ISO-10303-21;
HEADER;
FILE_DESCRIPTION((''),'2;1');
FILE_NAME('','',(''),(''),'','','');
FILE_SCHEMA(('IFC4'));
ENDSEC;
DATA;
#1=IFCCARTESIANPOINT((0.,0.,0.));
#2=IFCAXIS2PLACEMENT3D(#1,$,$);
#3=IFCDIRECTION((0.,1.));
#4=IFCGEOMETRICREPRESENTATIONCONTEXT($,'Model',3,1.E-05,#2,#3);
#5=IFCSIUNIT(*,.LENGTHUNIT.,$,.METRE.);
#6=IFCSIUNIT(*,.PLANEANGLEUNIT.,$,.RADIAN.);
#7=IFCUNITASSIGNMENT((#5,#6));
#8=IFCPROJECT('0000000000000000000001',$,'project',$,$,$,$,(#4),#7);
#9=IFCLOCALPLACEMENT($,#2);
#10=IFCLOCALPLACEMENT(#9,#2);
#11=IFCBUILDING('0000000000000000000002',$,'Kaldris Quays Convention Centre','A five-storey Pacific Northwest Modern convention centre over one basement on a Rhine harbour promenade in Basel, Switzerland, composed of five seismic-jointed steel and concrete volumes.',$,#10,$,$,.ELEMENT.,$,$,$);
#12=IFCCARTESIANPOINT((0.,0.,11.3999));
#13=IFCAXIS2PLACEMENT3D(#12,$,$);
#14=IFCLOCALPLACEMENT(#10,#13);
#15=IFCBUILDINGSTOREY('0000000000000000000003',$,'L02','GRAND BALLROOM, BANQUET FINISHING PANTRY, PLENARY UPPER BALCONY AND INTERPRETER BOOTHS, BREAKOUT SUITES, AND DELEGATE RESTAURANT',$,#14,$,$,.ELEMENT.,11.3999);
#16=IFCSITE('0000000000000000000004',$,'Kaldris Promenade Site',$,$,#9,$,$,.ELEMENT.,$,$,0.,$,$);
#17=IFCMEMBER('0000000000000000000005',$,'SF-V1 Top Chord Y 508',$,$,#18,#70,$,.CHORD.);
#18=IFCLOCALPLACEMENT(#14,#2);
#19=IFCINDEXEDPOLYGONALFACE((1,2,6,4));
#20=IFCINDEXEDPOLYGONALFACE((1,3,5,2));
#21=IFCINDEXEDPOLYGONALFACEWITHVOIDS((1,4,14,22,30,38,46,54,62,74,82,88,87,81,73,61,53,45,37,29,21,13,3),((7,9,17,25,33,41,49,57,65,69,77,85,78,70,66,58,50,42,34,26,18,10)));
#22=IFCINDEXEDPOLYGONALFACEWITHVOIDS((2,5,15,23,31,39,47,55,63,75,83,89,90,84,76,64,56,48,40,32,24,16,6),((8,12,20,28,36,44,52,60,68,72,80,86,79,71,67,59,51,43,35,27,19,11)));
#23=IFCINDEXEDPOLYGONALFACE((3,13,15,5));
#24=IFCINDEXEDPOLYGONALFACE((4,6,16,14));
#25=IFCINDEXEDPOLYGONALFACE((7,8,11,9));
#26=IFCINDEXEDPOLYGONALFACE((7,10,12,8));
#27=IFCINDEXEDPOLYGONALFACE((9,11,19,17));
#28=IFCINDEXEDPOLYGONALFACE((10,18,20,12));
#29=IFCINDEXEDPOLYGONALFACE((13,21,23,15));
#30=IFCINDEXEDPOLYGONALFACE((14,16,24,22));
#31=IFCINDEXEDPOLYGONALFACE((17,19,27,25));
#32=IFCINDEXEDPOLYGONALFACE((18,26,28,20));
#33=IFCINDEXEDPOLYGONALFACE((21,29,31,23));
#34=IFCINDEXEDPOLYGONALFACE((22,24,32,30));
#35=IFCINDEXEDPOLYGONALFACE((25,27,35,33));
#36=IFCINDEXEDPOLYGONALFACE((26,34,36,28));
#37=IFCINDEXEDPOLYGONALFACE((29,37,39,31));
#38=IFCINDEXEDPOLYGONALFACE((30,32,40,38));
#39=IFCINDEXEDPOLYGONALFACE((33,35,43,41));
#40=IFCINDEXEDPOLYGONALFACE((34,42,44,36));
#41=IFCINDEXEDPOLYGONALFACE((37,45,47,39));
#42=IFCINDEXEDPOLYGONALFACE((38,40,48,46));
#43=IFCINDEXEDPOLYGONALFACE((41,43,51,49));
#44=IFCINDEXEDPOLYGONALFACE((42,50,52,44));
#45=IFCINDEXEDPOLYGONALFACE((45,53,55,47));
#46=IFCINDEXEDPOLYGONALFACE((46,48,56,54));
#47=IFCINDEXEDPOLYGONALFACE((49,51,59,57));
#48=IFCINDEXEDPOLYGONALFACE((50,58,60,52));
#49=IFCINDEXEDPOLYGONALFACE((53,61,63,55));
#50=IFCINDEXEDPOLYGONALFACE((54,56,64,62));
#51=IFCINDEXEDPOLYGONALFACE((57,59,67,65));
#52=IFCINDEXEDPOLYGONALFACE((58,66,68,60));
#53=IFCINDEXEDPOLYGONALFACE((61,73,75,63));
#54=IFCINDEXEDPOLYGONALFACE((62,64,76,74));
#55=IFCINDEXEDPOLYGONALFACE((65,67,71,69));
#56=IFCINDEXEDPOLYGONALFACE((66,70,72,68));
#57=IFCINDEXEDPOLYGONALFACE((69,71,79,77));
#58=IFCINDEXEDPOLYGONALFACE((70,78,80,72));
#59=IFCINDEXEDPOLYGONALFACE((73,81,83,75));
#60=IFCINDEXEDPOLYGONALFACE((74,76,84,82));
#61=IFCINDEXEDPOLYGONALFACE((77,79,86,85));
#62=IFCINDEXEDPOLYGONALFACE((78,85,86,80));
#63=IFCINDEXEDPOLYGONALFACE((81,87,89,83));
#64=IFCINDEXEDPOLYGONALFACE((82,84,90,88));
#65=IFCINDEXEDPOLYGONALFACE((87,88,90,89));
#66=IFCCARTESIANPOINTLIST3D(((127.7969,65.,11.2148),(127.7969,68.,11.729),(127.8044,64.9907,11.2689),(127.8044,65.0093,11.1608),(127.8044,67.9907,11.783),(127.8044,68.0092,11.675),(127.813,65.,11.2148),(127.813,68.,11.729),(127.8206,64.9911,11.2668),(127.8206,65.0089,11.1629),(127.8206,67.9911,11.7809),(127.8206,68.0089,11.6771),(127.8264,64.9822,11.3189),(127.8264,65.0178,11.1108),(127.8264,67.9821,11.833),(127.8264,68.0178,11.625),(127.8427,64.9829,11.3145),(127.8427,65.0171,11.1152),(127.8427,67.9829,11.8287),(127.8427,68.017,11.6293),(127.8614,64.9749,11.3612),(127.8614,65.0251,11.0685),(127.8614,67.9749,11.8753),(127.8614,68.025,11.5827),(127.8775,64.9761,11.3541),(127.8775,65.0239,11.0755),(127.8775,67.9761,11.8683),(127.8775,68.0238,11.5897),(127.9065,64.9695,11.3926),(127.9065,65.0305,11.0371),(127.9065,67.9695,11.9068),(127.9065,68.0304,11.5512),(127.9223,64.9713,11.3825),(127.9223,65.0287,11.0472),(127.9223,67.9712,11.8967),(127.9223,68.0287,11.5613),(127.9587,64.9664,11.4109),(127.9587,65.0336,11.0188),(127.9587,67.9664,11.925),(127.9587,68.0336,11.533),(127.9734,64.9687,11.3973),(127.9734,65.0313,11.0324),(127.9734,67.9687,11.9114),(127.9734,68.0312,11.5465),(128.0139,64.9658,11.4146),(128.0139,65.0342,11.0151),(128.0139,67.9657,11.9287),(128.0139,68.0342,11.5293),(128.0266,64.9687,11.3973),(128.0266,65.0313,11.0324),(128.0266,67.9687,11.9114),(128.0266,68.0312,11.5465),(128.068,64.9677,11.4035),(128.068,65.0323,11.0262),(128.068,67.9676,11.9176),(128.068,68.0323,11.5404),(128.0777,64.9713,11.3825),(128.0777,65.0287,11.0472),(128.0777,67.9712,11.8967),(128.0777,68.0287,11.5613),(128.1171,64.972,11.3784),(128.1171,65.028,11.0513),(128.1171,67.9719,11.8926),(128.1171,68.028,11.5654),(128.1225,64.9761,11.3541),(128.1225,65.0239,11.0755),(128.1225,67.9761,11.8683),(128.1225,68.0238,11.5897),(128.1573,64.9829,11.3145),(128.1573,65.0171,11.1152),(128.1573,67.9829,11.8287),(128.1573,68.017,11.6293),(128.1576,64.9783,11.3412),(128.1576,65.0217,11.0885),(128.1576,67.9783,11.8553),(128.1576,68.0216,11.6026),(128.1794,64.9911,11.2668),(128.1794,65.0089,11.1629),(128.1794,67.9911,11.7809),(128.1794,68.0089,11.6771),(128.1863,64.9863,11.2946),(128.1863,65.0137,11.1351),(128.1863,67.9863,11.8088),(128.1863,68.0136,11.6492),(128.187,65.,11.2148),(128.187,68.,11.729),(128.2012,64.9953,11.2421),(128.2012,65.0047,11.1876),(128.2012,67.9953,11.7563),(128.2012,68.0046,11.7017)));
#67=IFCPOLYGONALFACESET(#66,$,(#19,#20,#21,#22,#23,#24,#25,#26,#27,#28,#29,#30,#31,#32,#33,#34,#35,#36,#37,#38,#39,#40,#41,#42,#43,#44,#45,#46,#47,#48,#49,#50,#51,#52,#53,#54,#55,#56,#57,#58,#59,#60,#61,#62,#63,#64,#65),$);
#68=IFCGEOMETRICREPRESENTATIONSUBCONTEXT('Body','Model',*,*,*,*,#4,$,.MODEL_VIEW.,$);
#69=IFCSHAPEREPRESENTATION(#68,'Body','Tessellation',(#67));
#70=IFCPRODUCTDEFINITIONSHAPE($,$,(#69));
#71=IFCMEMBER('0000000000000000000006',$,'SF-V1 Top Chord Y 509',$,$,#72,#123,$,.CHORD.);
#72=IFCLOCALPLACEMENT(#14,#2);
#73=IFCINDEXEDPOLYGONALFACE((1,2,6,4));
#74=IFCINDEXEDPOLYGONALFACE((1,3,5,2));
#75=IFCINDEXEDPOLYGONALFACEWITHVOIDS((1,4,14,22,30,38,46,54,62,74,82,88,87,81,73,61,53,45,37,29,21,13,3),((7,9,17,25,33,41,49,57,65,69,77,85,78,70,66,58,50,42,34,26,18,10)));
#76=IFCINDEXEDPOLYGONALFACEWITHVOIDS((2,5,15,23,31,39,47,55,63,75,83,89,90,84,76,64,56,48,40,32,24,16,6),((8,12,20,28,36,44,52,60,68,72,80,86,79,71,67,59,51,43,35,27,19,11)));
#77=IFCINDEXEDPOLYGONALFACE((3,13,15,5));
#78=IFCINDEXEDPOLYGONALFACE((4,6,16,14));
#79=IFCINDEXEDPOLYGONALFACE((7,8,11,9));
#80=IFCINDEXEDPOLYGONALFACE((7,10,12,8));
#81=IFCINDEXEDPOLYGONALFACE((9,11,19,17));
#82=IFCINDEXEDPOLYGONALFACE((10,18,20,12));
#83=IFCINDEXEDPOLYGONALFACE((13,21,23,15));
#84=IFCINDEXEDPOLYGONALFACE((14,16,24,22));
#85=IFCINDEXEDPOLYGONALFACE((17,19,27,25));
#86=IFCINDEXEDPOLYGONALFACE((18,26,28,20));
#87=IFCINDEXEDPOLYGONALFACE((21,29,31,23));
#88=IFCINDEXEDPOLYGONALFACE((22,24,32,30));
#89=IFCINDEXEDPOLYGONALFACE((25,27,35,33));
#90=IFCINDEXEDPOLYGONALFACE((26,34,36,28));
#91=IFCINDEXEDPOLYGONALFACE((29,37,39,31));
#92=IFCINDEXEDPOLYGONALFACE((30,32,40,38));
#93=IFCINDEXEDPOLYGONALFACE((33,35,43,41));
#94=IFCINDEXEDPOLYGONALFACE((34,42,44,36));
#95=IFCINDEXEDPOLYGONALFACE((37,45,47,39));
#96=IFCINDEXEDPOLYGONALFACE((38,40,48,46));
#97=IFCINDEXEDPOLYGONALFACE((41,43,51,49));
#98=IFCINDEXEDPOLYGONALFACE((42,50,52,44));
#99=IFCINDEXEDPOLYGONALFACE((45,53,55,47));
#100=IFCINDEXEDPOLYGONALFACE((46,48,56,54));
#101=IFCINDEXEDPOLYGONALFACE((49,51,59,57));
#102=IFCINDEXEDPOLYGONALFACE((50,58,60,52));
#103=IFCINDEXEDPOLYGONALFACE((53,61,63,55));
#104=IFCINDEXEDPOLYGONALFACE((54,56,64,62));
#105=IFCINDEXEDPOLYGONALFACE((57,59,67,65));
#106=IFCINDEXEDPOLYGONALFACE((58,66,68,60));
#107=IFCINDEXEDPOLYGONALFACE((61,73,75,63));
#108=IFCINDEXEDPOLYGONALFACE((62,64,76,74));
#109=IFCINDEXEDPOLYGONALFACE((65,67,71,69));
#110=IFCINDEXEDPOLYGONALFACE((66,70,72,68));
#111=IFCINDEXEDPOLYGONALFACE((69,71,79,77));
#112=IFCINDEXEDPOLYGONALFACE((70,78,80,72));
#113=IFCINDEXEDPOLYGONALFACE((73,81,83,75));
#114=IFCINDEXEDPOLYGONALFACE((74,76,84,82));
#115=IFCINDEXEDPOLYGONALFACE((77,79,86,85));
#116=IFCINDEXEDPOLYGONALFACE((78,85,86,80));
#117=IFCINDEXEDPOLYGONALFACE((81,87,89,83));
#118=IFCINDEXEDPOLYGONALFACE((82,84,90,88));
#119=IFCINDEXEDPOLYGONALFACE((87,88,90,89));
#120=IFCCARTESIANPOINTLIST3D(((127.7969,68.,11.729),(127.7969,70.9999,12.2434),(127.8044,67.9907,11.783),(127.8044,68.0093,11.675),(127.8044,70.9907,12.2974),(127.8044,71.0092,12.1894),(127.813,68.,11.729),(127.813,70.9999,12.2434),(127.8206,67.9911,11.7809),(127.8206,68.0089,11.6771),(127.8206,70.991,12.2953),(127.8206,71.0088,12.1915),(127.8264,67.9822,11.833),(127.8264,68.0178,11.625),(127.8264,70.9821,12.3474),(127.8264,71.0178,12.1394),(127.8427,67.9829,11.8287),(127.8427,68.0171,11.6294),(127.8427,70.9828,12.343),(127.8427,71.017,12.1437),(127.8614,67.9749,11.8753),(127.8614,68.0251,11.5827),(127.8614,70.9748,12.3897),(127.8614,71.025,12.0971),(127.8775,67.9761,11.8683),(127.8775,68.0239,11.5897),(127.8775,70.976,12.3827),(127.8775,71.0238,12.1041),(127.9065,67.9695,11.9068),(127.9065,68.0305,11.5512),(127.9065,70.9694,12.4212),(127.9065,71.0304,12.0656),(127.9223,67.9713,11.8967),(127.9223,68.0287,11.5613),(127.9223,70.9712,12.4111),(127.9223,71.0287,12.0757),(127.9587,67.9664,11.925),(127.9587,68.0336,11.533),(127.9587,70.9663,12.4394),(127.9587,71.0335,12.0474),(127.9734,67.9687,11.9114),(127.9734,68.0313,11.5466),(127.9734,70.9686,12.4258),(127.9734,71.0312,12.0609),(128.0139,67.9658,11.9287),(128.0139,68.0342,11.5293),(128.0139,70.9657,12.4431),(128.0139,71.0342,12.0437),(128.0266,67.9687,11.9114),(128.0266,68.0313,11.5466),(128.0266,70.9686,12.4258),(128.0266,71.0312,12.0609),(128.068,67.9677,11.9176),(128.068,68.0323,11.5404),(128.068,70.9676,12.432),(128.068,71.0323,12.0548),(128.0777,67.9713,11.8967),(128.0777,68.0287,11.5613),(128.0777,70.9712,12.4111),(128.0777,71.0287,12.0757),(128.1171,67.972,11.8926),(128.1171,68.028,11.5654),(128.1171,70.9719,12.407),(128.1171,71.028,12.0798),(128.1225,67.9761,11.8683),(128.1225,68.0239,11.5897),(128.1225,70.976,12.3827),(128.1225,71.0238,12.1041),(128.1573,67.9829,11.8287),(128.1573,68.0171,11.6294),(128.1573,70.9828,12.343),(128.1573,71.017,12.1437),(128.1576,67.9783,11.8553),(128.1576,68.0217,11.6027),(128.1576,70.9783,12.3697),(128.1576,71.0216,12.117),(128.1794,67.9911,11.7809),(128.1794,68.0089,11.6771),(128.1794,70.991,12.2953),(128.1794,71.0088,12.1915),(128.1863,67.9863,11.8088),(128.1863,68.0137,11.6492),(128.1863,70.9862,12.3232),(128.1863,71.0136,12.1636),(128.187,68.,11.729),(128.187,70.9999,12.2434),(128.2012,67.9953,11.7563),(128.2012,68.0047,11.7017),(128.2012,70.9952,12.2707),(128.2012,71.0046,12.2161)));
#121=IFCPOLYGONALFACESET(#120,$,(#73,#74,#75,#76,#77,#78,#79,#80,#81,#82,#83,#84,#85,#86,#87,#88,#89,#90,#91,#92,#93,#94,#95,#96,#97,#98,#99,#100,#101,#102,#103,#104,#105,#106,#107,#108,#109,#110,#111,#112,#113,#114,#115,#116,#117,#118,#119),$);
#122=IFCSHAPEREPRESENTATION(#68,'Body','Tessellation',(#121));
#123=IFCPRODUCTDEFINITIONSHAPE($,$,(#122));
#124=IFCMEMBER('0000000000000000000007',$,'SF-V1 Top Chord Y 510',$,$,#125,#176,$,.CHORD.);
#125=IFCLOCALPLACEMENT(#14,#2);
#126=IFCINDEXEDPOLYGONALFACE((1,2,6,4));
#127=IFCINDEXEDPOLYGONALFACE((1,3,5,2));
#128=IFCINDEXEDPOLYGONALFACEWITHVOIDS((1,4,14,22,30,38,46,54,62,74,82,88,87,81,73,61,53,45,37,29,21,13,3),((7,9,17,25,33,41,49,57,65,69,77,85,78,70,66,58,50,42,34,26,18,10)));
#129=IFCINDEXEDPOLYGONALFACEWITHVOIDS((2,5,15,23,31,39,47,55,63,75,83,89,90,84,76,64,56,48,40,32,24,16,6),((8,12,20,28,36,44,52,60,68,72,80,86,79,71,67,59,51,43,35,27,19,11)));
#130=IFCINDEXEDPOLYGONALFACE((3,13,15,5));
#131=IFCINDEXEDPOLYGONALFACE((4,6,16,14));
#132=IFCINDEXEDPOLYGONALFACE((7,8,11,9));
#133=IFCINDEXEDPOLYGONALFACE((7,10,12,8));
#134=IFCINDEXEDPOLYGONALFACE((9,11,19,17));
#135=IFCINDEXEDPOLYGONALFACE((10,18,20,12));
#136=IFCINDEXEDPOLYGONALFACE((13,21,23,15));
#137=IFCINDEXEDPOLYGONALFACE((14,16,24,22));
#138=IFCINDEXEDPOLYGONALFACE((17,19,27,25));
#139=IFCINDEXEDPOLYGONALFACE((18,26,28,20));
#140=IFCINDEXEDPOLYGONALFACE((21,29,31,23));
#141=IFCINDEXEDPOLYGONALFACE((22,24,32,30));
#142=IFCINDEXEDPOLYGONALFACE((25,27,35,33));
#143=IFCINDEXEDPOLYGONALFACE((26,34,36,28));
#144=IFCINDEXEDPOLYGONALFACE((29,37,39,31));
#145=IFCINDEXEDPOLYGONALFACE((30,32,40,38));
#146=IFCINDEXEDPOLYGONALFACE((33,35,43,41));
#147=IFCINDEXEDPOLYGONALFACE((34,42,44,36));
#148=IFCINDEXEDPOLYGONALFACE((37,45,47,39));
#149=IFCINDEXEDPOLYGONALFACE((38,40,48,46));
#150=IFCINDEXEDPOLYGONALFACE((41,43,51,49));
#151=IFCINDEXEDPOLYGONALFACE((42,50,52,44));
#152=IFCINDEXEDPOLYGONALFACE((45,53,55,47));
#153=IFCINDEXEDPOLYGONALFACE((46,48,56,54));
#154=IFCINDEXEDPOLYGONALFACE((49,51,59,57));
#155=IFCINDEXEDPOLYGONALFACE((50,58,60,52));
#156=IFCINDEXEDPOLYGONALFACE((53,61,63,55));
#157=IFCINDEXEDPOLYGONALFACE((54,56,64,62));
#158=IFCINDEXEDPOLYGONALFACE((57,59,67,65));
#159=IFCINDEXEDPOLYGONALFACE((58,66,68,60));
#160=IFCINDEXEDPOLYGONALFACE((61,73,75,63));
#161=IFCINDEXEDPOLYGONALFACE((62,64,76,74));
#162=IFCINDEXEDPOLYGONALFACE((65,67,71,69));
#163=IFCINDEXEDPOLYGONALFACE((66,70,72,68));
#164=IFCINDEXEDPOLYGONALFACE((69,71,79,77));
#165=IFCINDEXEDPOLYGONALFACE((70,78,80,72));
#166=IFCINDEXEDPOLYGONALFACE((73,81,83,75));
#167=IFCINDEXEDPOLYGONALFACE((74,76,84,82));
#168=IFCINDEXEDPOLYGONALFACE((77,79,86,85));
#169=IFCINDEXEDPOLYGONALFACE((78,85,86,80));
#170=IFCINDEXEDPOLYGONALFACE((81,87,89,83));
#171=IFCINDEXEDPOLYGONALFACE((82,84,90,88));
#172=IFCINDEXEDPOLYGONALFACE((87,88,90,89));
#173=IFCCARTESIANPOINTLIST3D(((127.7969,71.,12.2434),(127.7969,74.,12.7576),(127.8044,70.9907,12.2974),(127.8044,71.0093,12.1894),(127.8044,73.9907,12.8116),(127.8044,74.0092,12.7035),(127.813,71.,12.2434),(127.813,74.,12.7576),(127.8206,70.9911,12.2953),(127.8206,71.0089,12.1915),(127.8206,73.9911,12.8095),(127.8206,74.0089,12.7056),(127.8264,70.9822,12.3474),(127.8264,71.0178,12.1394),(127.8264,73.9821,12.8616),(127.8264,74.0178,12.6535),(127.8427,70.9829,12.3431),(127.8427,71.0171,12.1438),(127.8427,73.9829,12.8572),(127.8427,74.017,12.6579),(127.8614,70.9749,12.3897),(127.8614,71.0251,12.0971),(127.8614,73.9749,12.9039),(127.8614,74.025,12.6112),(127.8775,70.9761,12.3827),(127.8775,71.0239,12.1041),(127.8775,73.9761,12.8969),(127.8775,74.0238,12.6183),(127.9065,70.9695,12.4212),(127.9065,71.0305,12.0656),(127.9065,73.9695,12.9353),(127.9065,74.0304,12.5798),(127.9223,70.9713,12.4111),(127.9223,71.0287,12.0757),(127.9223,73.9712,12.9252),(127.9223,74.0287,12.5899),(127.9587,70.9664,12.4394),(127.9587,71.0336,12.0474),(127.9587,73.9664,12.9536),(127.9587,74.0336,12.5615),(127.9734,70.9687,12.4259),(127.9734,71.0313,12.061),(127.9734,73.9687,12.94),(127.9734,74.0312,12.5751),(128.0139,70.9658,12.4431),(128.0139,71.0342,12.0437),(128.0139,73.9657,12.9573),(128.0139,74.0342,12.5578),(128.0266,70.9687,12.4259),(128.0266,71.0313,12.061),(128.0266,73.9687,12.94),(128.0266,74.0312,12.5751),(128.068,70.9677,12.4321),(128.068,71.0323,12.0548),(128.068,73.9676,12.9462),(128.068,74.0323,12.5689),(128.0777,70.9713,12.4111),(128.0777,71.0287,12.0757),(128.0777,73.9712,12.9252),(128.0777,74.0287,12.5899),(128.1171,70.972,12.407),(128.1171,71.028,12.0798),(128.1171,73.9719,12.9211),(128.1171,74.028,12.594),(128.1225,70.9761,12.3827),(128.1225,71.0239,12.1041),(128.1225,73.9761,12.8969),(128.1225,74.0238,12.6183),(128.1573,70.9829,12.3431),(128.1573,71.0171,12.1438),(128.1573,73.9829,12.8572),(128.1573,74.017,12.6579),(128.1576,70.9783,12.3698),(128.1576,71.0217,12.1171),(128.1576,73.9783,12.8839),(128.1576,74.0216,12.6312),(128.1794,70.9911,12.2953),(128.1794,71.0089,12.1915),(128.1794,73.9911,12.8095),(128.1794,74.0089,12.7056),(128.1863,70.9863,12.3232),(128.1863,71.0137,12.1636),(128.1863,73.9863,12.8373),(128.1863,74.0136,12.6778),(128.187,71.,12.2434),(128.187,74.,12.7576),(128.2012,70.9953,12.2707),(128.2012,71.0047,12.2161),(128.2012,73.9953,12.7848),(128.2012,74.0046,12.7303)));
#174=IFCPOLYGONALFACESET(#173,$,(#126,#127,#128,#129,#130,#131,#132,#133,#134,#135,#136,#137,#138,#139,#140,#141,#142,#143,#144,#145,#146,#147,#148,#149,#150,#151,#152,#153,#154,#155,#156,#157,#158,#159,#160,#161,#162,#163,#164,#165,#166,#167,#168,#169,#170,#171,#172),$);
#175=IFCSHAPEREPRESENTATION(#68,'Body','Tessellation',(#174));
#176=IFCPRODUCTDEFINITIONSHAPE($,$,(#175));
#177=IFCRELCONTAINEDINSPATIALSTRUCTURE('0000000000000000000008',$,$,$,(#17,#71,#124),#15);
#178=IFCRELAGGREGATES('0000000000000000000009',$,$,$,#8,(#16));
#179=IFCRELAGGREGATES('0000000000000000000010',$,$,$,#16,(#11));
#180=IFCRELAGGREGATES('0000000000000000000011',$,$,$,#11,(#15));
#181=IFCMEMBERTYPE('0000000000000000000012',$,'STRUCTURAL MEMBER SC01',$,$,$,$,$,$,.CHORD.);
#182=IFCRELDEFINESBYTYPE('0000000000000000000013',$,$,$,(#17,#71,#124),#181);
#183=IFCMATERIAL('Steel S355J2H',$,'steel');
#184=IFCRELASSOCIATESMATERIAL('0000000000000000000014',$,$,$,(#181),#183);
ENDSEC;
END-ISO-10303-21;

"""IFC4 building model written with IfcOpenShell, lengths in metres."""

from ifc_helpers import new_model, si_unit, direction, frame, origin, origin_2d, place, context, subcontext, project, spatial, hollow_circle, extrude, material, material_profile, profile_set, type_object, element, save


model = new_model("IFC4")

# Units and contexts
model_context = context("Model", 3, precision=1e-05, world=origin(), true_north=direction((0.0, 1.0)))
body_context = subcontext(model_context, "Body", "Model", "MODEL_VIEW")
ifc_project = project(units=[si_unit("LENGTHUNIT", "METRE"), si_unit("PLANEANGLEUNIT", "RADIAN")], contexts=[model_context])

# Site, building, storey
site_placement = place(None, origin())
site = spatial("IfcSite", under=ifc_project, at=site_placement, Name="Kaldris Promenade Site", CompositionType="ELEMENT", RefElevation=0.0)
building_placement = place(site_placement, origin())
building = spatial("IfcBuilding", under=site, at=building_placement, Name="Kaldris Quays Convention Centre", Description="A five-storey Pacific Northwest Modern convention centre over one basement on a Rhine harbour promenade in Basel, Switzerland, composed of five seismic-jointed steel and concrete volumes.", CompositionType="ELEMENT")
storey_placement = place(building_placement, frame((0.0, 0.0, 11.3999)))
storey = spatial("IfcBuildingStorey", under=building, at=storey_placement, Name="L02", Description="GRAND BALLROOM, BANQUET FINISHING PANTRY, PLENARY UPPER BALCONY AND INTERPRETER BOOTHS, BREAKOUT SUITES, AND DELEGATE RESTAURANT", CompositionType="ELEMENT", Elevation=11.3999)

# Members
ifc_material_1 = material(Name="Steel S355J2H", Category="steel")
ifc_material_profile_1 = material_profile(ifc_material_1, hollow_circle(Radius=0.2031, WallThickness=0.0161, at=origin_2d()), Name="CHS 406.4x16")
ifc_profile_set_1 = profile_set([ifc_material_profile_1], Name="Steel S355J2H")
member_type_1 = type_object("IfcMemberType", Name="STRUCTURAL MEMBER SC01", PredefinedType="CHORD", material=ifc_profile_set_1)
for number, where, z_axis, x_axis, name in (
    (1, (128.0, 65.0, 11.2148), (0.0, 0.985629, 0.168924), (-1.0, 0.0, 0.0), "SF-V1 Top Chord Y 508"),
    (2, (128.0, 68.0, 11.729), (0.0, 0.985616, 0.169002), (-1.0, 0.0, 0.0), "SF-V1 Top Chord Y 509"),
    (3, (128.0, 71.0, 12.2434), (0.0, 0.985629, 0.168924), (-1.0, 0.0, 0.0), "SF-V1 Top Chord Y 510"),
):
    element("IfcMember", number, at=place(storey_placement, frame(where, z_axis=z_axis, x_axis=x_axis)), inside=storey, type_object=member_type_1, Name=name, PredefinedType="CHORD", context=body_context, shape_type="SweptSolid", body=[
        extrude(hollow_circle(Radius=0.2031, WallThickness=0.0161, at=origin_2d()), origin(), (0.0, 0.0, 1.0), 3.0437),
    ])

save(model, "model.ifc")
